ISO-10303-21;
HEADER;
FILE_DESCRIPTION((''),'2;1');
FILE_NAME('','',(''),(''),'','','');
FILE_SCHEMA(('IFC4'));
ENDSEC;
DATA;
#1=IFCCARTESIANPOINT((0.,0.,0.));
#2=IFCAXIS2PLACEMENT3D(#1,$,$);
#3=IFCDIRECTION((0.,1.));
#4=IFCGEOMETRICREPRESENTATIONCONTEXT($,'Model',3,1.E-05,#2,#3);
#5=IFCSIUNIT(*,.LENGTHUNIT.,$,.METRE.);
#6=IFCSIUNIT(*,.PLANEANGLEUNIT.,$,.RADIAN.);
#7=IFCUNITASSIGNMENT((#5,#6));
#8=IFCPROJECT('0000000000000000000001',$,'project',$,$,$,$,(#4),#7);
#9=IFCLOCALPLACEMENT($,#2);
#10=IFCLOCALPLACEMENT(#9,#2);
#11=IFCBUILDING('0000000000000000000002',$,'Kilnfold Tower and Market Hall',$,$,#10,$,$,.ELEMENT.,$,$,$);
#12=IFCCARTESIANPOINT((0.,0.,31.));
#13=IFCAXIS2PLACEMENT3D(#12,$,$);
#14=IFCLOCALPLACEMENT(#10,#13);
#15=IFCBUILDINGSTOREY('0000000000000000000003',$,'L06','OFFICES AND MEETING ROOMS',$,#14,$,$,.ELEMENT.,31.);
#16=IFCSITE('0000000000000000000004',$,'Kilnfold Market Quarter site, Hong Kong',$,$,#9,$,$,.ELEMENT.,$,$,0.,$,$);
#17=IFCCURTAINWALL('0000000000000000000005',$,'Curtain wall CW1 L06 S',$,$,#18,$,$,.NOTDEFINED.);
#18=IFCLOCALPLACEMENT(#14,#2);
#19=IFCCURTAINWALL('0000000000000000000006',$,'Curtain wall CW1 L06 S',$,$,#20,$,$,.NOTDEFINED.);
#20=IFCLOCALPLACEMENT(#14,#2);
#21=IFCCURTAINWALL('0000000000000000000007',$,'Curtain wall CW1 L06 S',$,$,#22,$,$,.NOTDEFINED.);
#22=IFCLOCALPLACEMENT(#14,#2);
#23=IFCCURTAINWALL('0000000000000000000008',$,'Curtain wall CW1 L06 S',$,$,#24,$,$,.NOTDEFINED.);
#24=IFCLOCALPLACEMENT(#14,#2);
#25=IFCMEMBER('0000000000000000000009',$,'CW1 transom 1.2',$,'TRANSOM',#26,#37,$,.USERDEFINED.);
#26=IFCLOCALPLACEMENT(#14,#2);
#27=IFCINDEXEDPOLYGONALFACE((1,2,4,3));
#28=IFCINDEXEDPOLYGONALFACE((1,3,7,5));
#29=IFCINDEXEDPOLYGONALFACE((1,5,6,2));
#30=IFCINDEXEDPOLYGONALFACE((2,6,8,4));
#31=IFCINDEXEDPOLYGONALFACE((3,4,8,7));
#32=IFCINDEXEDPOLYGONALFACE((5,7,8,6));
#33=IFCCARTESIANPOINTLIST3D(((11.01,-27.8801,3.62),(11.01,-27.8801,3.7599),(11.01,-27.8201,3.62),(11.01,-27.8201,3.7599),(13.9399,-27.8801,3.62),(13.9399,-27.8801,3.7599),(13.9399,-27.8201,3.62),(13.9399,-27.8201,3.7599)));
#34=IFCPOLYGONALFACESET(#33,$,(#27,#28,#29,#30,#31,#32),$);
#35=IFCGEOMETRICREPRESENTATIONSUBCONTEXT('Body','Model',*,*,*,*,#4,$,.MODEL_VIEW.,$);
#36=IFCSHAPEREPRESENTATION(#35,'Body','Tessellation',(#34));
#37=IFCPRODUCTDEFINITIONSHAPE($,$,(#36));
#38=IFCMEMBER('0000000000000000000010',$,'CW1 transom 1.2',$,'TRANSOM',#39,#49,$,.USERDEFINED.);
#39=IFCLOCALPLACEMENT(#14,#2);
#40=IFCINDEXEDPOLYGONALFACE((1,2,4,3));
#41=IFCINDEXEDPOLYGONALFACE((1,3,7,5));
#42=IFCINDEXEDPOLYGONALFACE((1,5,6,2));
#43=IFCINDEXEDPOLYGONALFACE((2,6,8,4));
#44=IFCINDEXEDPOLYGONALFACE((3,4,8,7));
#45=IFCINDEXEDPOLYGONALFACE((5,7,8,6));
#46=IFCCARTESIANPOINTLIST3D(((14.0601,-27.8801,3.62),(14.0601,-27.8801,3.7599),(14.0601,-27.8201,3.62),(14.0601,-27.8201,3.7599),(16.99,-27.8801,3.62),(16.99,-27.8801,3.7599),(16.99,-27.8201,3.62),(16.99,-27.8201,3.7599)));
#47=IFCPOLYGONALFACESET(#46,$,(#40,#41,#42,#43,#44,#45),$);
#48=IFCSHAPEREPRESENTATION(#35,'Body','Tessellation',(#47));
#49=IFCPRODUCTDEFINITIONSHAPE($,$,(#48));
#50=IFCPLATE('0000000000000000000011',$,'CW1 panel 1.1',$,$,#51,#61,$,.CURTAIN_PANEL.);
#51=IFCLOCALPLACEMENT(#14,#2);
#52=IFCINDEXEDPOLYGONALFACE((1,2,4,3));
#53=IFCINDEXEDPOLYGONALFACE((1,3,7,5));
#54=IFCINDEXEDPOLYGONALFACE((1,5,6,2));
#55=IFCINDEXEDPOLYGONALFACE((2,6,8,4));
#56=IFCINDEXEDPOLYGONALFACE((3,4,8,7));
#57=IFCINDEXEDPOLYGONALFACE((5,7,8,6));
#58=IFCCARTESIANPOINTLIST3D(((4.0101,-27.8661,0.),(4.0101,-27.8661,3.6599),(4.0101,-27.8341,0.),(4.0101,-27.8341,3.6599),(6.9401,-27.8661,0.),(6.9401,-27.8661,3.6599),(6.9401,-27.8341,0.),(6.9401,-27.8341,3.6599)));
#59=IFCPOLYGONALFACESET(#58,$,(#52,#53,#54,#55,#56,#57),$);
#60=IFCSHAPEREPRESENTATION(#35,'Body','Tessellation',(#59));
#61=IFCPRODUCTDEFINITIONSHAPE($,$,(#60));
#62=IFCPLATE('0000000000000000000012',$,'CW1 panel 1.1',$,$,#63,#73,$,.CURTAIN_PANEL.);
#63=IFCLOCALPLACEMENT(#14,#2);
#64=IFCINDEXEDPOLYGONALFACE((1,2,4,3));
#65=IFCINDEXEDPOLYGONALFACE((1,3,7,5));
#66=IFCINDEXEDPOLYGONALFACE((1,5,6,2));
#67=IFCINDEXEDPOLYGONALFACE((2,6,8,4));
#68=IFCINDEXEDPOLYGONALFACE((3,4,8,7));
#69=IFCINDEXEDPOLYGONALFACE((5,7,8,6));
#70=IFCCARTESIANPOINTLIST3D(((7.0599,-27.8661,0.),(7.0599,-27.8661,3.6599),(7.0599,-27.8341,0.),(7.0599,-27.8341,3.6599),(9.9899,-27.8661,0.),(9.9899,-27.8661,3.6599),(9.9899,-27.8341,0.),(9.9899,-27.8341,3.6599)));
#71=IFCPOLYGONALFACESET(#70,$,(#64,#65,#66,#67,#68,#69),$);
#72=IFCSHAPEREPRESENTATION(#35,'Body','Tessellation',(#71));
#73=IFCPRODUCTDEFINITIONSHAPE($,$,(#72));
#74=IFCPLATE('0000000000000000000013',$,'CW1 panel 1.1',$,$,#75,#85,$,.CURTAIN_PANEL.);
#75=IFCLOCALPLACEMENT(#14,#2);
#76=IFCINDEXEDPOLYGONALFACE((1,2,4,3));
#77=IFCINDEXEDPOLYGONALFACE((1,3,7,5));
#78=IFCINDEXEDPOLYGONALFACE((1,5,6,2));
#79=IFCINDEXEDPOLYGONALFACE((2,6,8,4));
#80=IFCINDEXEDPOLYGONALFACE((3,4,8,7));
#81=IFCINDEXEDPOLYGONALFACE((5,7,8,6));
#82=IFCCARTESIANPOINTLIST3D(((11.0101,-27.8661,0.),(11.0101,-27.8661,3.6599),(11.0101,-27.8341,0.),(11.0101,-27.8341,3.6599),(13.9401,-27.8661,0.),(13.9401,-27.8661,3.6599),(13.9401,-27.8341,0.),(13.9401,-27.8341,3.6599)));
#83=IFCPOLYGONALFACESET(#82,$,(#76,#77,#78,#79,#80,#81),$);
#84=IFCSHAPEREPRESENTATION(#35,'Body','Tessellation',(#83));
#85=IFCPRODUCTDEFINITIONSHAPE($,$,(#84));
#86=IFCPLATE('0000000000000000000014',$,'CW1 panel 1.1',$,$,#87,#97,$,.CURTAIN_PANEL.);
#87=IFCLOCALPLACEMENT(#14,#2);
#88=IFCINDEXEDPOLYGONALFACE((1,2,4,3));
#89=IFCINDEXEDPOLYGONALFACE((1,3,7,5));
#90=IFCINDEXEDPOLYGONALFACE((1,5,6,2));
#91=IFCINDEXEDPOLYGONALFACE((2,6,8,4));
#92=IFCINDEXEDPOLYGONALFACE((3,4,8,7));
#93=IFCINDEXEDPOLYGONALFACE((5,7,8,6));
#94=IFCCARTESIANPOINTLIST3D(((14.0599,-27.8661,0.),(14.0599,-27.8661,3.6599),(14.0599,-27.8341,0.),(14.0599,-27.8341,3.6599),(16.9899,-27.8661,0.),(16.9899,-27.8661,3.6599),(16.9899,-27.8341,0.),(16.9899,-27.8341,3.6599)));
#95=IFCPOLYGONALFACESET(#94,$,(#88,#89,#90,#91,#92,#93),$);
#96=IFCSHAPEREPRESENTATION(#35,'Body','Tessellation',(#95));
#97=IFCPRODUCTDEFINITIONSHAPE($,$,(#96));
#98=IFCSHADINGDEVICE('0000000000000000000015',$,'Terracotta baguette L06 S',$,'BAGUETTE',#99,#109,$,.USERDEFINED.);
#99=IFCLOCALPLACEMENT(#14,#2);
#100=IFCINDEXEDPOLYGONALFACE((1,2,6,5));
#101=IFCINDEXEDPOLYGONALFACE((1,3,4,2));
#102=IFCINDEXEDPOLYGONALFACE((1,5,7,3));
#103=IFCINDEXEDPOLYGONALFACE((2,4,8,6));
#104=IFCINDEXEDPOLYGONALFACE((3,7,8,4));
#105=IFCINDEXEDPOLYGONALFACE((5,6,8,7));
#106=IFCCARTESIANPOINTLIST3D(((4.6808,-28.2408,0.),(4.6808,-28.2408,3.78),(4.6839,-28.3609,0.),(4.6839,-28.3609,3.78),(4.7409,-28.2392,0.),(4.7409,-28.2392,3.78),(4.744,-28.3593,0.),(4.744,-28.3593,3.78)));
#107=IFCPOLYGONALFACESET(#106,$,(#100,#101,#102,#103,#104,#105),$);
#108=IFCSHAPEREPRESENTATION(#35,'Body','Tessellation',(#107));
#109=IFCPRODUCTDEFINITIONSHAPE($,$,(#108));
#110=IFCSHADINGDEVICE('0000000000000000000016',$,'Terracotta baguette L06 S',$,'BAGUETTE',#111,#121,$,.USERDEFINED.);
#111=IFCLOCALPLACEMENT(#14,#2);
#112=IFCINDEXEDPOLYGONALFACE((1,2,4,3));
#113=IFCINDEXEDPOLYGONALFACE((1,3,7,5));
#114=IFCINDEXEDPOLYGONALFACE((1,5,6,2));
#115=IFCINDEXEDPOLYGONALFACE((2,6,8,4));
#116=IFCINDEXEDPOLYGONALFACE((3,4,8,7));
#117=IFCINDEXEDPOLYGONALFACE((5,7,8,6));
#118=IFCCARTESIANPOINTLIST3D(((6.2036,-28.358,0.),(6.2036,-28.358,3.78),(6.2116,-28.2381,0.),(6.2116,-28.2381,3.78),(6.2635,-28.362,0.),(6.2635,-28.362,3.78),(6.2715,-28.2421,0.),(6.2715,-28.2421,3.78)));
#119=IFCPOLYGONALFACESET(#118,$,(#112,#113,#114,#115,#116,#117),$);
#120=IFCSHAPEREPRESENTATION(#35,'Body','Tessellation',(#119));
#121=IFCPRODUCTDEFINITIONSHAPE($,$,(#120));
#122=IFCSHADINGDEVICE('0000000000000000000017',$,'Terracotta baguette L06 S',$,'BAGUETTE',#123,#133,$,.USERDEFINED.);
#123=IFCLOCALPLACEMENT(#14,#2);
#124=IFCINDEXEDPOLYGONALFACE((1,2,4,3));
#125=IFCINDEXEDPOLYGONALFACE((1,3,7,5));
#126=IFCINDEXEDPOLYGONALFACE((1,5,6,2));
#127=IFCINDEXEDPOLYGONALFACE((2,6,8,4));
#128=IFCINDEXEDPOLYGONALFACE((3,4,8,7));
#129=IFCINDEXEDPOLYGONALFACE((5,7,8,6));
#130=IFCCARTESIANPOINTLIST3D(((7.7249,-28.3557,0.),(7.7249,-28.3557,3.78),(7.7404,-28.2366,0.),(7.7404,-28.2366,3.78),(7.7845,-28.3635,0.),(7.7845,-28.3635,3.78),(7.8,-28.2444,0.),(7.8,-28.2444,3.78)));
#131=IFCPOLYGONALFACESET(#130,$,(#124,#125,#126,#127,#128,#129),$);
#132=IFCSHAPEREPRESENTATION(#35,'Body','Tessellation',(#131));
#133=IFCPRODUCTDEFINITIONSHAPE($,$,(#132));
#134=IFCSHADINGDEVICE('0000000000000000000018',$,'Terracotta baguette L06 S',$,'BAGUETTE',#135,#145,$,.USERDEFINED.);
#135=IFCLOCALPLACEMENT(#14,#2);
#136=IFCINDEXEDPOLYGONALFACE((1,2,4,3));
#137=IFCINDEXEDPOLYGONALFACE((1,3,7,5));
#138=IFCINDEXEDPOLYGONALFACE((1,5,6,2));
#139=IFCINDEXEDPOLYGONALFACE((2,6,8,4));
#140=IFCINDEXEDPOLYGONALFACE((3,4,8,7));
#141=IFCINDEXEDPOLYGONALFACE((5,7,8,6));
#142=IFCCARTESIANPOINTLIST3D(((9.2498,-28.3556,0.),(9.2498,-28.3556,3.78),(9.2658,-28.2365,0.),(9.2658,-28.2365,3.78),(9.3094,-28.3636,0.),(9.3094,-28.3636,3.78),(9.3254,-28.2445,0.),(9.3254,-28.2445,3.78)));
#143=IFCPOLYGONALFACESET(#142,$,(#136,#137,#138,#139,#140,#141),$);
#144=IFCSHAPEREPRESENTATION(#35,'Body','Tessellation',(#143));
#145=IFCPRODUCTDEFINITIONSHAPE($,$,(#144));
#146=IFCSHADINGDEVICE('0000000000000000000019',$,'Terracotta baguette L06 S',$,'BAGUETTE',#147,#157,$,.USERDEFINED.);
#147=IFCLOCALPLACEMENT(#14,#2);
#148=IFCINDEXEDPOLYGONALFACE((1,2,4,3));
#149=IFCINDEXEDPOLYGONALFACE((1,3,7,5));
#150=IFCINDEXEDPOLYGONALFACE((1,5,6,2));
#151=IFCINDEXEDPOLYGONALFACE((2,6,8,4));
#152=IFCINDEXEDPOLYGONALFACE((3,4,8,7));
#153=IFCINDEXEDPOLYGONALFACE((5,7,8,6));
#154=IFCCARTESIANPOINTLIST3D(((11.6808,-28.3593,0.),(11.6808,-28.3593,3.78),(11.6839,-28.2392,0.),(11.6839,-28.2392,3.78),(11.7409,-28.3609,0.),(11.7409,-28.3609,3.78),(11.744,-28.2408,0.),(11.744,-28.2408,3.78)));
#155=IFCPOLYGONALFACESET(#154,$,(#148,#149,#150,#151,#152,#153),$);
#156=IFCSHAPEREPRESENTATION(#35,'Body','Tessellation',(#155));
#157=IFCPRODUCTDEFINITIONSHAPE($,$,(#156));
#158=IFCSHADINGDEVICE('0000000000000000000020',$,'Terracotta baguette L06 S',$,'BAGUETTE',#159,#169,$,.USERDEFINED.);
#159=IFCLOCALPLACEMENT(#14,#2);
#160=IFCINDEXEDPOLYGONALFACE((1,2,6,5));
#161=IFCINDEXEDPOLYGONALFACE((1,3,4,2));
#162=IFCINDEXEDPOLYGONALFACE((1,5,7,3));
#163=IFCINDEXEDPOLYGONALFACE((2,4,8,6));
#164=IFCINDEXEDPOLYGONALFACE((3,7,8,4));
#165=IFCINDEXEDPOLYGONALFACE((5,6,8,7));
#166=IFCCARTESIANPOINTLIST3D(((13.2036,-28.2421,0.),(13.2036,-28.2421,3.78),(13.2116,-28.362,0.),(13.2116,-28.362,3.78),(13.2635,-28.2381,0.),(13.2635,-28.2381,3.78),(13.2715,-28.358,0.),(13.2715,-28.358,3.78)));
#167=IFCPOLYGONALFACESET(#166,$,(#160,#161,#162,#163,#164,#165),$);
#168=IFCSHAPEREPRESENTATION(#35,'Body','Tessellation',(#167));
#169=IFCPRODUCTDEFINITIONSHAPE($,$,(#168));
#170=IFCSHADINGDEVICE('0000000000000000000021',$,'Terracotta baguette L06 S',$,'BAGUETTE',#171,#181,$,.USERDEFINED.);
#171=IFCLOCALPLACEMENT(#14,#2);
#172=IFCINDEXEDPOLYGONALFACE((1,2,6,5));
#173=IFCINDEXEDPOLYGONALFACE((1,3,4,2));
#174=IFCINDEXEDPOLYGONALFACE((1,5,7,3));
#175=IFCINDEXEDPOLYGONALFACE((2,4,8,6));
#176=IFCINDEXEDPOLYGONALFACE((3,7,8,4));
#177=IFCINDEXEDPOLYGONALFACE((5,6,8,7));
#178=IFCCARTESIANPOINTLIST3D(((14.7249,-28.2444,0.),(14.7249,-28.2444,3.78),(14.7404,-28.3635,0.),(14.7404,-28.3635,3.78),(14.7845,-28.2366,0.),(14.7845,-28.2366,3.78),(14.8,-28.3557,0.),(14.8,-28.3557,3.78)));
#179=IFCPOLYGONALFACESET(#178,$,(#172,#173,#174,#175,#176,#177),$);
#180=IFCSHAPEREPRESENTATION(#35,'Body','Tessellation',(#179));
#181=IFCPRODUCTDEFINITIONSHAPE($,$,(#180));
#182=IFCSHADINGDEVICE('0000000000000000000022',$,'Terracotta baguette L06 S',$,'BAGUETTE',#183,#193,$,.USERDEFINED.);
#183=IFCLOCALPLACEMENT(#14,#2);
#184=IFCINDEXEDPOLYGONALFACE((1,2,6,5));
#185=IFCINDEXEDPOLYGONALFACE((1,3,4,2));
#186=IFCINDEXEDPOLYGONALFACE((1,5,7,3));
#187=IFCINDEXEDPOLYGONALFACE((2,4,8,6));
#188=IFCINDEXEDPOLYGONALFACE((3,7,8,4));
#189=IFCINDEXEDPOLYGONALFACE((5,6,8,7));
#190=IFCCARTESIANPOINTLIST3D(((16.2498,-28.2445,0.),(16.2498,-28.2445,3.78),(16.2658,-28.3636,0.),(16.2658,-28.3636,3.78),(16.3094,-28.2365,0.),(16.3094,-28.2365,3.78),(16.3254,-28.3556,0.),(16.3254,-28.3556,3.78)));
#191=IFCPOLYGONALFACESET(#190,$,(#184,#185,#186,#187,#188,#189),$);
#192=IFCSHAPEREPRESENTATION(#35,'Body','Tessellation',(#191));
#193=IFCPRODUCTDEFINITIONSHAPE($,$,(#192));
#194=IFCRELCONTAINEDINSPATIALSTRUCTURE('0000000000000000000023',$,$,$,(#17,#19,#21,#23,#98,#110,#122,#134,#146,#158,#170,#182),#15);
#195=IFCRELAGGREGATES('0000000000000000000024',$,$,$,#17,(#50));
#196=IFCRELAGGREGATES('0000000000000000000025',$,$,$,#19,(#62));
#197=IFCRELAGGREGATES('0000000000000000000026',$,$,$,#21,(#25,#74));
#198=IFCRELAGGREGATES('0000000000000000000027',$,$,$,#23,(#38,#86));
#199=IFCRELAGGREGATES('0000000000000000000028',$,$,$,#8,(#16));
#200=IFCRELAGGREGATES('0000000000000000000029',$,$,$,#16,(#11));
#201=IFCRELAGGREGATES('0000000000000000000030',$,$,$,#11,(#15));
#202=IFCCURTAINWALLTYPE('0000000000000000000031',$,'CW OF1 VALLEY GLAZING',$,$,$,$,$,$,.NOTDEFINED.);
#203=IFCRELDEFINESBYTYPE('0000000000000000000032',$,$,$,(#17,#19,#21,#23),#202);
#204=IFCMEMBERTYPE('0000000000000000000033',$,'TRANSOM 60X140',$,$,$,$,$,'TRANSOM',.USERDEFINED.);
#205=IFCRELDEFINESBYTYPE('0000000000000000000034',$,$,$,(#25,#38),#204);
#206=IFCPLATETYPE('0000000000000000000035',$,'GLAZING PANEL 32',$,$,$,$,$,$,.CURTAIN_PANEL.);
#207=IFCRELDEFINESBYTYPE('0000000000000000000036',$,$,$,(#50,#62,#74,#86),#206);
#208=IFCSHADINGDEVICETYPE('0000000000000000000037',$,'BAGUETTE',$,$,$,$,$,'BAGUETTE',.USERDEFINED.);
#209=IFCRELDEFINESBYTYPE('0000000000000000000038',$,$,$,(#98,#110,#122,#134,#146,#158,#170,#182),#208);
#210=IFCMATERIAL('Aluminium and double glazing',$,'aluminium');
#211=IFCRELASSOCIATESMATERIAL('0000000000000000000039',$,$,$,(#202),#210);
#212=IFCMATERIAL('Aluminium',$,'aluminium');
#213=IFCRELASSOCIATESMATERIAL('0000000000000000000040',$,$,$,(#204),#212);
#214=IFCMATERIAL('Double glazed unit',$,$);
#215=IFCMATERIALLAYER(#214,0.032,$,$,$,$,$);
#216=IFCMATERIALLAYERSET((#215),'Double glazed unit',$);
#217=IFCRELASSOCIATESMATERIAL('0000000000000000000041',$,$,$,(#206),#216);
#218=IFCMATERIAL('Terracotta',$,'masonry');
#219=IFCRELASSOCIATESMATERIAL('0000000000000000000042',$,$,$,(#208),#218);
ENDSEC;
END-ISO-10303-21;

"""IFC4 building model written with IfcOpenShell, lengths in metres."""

from ifc_helpers import new_model, si_unit, direction, frame, origin, origin_2d, place, context, subcontext, project, spatial, rectangle, extrude, source, transform, mapped, material, layer, layer_set, material_profile, profile_set, type_object, element, aggregate, save


model = new_model("IFC4")

# Units and contexts
model_context = context("Model", 3, precision=1e-05, world=origin(), true_north=direction((0.0, 1.0)))
body_context = subcontext(model_context, "Body", "Model", "MODEL_VIEW")
ifc_project = project(units=[si_unit("LENGTHUNIT", "METRE"), si_unit("PLANEANGLEUNIT", "RADIAN")], contexts=[model_context])

# Site, building, storey
site_placement = place(None, origin())
site = spatial("IfcSite", under=ifc_project, at=site_placement, Name="Kilnfold Market Quarter site, Hong Kong", CompositionType="ELEMENT", RefElevation=0.0)
building_placement = place(site_placement, origin())
building = spatial("IfcBuilding", under=site, at=building_placement, Name="Kilnfold Tower and Market Hall", CompositionType="ELEMENT")
storey_placement = place(building_placement, frame((0.0, 0.0, 31.0)))
storey = spatial("IfcBuildingStorey", under=building, at=storey_placement, Name="L06", Description="OFFICES AND MEETING ROOMS", CompositionType="ELEMENT", Elevation=31.0)

# Curtain walls
ifc_material_1 = material(Name="Aluminium and double glazing", Category="aluminium")
curtain_wall_type = type_object("IfcCurtainWallType", Name="CW OF1 VALLEY GLAZING", PredefinedType="NOTDEFINED", material=ifc_material_1)
curtain_wall_1_placement = place(storey_placement, origin())
curtain_wall_1 = element("IfcCurtainWall", 1, at=curtain_wall_1_placement, inside=storey, type_object=curtain_wall_type, Name="Curtain wall CW1 L06 S", PredefinedType="NOTDEFINED")
curtain_wall_2_placement = place(storey_placement, origin())
curtain_wall_2 = element("IfcCurtainWall", 2, at=curtain_wall_2_placement, inside=storey, type_object=curtain_wall_type, Name="Curtain wall CW1 L06 S", PredefinedType="NOTDEFINED")
curtain_wall_3_placement = place(storey_placement, origin())
curtain_wall_3 = element("IfcCurtainWall", 3, at=curtain_wall_3_placement, inside=storey, type_object=curtain_wall_type, Name="Curtain wall CW1 L06 S", PredefinedType="NOTDEFINED")
curtain_wall_4_placement = place(storey_placement, origin())
curtain_wall_4 = element("IfcCurtainWall", 4, at=curtain_wall_4_placement, inside=storey, type_object=curtain_wall_type, Name="Curtain wall CW1 L06 S", PredefinedType="NOTDEFINED")

# Members
ifc_material_2 = material(Name="Aluminium", Category="aluminium")
ifc_material_profile_1 = material_profile(ifc_material_2, rectangle(XDim=0.0601, YDim=0.1399, at=origin_2d()), Name="TRANSOM 60x140")
ifc_profile_set_1 = profile_set([ifc_material_profile_1], Name="Aluminium")
member_type_1 = type_object("IfcMemberType", Name="TRANSOM 60X140", ElementType="TRANSOM", PredefinedType="USERDEFINED", material=ifc_profile_set_1)
shared_shape_1 = source(origin(), body_context, "Body", "SweptSolid", [
    extrude(rectangle(XDim=0.0601, YDim=0.1399, at=origin_2d()), origin(), (0.0, 0.0, 1.0), 2.9299),
])
member_1_placement = place(storey_placement, frame((11.01, -27.8501, 3.6899), z_axis=(1.0, 0.0, 0.0), x_axis=(0.0, 1.0, 0.0)))
member_1 = element("IfcMember", 5, at=member_1_placement, type_object=member_type_1, Name="CW1 transom 1.2", ObjectType="TRANSOM", PredefinedType="USERDEFINED", context=body_context, shape_type="MappedRepresentation", body=[
    mapped(shared_shape_1, transform((0.0, 0.0, 0.0))),
])
member_2_placement = place(storey_placement, frame((14.0601, -27.8501, 3.6899), z_axis=(1.0, 0.0, 0.0), x_axis=(0.0, 1.0, 0.0)))
member_2 = element("IfcMember", 6, at=member_2_placement, type_object=member_type_1, Name="CW1 transom 1.2", ObjectType="TRANSOM", PredefinedType="USERDEFINED", context=body_context, shape_type="MappedRepresentation", body=[
    mapped(shared_shape_1, transform((0.0, 0.0, 0.0))),
])

# Plates
ifc_material_3 = material(Name="Double glazed unit")
ifc_layer = layer(ifc_material_3, 0.032)
ifc_layer_set = layer_set([ifc_layer], Name="Double glazed unit")
plate_type = type_object("IfcPlateType", Name="GLAZING PANEL 32", PredefinedType="CURTAIN_PANEL", material=ifc_layer_set)
shared_shape_2 = source(origin(), body_context, "Body", "SweptSolid", [
    extrude(rectangle(XDim=2.9299, YDim=0.032, at=origin_2d()), origin(), (0.0, 0.0, 1.0), 3.6599),
])
plate_1_placement = place(storey_placement, frame((5.4751, -27.8501, 0.0), z_axis=(0.0, 0.0, 1.0), x_axis=(1.0, 0.0, 0.0)))
plate_1 = element("IfcPlate", 7, at=plate_1_placement, type_object=plate_type, Name="CW1 panel 1.1", PredefinedType="CURTAIN_PANEL", context=body_context, shape_type="MappedRepresentation", body=[
    mapped(shared_shape_2, transform((0.0, 0.0, 0.0))),
])
aggregate(curtain_wall_1, [plate_1])
plate_2_placement = place(storey_placement, frame((8.5249, -27.8501, 0.0), z_axis=(0.0, 0.0, 1.0), x_axis=(1.0, 0.0, 0.0)))
plate_2 = element("IfcPlate", 8, at=plate_2_placement, type_object=plate_type, Name="CW1 panel 1.1", PredefinedType="CURTAIN_PANEL", context=body_context, shape_type="MappedRepresentation", body=[
    mapped(shared_shape_2, transform((0.0, 0.0, 0.0))),
])
aggregate(curtain_wall_2, [plate_2])
plate_3_placement = place(storey_placement, frame((12.4751, -27.8501, 0.0), z_axis=(0.0, 0.0, 1.0), x_axis=(1.0, 0.0, 0.0)))
plate_3 = element("IfcPlate", 9, at=plate_3_placement, type_object=plate_type, Name="CW1 panel 1.1", PredefinedType="CURTAIN_PANEL", context=body_context, shape_type="MappedRepresentation", body=[
    mapped(shared_shape_2, transform((0.0, 0.0, 0.0))),
])
aggregate(curtain_wall_3, [member_1, plate_3])
plate_4_placement = place(storey_placement, frame((15.5249, -27.8501, 0.0), z_axis=(0.0, 0.0, 1.0), x_axis=(1.0, 0.0, 0.0)))
plate_4 = element("IfcPlate", 10, at=plate_4_placement, type_object=plate_type, Name="CW1 panel 1.1", PredefinedType="CURTAIN_PANEL", context=body_context, shape_type="MappedRepresentation", body=[
    mapped(shared_shape_2, transform((0.0, 0.0, 0.0))),
])
aggregate(curtain_wall_4, [member_2, plate_4])

# Shading devices
ifc_material_4 = material(Name="Terracotta", Category="masonry")
ifc_material_profile_2 = material_profile(ifc_material_4, rectangle(XDim=0.0601, YDim=0.1201, at=origin_2d()), Name="BAG 60x120")
ifc_profile_set_2 = profile_set([ifc_material_profile_2], Name="Terracotta")
shading_device_type = type_object("IfcShadingDeviceType", Name="BAGUETTE", ElementType="BAGUETTE", PredefinedType="USERDEFINED", material=ifc_profile_set_2)
shared_shape_3 = source(origin(), body_context, "Body", "SweptSolid", [
    extrude(rectangle(XDim=0.0601, YDim=0.1201, at=origin_2d()), origin(), (0.0, 0.0, 1.0), 3.78),
])
for number, where, z_axis, x_axis, name in (
    (11, (4.7124, -28.3, 0.0), (0.0, 0.0, 1.0), (0.999671, 0.025638, 0.0), "Terracotta baguette L06 S"),
    (12, (6.2375, -28.3, 0.0), (0.0, 0.0, 1.0), (0.997762, -0.066859, 0.0), "Terracotta baguette L06 S"),
    (13, (7.7625, -28.3, 0.0), (0.0, 0.0, 1.0), (0.99165, -0.128958, 0.0), "Terracotta baguette L06 S"),
    (14, (9.2876, -28.3, 0.0), (0.0, 0.0, 1.0), (0.991105, -0.133085, 0.0), "Terracotta baguette L06 S"),
    (15, (11.7124, -28.3, 0.0), (0.0, 0.0, 1.0), (0.999671, -0.025638, 0.0), "Terracotta baguette L06 S"),
    (16, (13.2375, -28.3, 0.0), (0.0, 0.0, 1.0), (0.997762, 0.066859, 0.0), "Terracotta baguette L06 S"),
    (17, (14.7625, -28.3, 0.0), (0.0, 0.0, 1.0), (0.99165, 0.128958, 0.0), "Terracotta baguette L06 S"),
    (18, (16.2876, -28.3, 0.0), (0.0, 0.0, 1.0), (0.991105, 0.133085, 0.0), "Terracotta baguette L06 S"),
):
    element("IfcShadingDevice", number, at=place(storey_placement, frame(where, z_axis=z_axis, x_axis=x_axis)), inside=storey, type_object=shading_device_type, Name=name, ObjectType="BAGUETTE", PredefinedType="USERDEFINED", context=body_context, shape_type="MappedRepresentation", body=[
        mapped(shared_shape_3, transform((0.0, 0.0, 0.0))),
    ])

save(model, "model.ifc")
